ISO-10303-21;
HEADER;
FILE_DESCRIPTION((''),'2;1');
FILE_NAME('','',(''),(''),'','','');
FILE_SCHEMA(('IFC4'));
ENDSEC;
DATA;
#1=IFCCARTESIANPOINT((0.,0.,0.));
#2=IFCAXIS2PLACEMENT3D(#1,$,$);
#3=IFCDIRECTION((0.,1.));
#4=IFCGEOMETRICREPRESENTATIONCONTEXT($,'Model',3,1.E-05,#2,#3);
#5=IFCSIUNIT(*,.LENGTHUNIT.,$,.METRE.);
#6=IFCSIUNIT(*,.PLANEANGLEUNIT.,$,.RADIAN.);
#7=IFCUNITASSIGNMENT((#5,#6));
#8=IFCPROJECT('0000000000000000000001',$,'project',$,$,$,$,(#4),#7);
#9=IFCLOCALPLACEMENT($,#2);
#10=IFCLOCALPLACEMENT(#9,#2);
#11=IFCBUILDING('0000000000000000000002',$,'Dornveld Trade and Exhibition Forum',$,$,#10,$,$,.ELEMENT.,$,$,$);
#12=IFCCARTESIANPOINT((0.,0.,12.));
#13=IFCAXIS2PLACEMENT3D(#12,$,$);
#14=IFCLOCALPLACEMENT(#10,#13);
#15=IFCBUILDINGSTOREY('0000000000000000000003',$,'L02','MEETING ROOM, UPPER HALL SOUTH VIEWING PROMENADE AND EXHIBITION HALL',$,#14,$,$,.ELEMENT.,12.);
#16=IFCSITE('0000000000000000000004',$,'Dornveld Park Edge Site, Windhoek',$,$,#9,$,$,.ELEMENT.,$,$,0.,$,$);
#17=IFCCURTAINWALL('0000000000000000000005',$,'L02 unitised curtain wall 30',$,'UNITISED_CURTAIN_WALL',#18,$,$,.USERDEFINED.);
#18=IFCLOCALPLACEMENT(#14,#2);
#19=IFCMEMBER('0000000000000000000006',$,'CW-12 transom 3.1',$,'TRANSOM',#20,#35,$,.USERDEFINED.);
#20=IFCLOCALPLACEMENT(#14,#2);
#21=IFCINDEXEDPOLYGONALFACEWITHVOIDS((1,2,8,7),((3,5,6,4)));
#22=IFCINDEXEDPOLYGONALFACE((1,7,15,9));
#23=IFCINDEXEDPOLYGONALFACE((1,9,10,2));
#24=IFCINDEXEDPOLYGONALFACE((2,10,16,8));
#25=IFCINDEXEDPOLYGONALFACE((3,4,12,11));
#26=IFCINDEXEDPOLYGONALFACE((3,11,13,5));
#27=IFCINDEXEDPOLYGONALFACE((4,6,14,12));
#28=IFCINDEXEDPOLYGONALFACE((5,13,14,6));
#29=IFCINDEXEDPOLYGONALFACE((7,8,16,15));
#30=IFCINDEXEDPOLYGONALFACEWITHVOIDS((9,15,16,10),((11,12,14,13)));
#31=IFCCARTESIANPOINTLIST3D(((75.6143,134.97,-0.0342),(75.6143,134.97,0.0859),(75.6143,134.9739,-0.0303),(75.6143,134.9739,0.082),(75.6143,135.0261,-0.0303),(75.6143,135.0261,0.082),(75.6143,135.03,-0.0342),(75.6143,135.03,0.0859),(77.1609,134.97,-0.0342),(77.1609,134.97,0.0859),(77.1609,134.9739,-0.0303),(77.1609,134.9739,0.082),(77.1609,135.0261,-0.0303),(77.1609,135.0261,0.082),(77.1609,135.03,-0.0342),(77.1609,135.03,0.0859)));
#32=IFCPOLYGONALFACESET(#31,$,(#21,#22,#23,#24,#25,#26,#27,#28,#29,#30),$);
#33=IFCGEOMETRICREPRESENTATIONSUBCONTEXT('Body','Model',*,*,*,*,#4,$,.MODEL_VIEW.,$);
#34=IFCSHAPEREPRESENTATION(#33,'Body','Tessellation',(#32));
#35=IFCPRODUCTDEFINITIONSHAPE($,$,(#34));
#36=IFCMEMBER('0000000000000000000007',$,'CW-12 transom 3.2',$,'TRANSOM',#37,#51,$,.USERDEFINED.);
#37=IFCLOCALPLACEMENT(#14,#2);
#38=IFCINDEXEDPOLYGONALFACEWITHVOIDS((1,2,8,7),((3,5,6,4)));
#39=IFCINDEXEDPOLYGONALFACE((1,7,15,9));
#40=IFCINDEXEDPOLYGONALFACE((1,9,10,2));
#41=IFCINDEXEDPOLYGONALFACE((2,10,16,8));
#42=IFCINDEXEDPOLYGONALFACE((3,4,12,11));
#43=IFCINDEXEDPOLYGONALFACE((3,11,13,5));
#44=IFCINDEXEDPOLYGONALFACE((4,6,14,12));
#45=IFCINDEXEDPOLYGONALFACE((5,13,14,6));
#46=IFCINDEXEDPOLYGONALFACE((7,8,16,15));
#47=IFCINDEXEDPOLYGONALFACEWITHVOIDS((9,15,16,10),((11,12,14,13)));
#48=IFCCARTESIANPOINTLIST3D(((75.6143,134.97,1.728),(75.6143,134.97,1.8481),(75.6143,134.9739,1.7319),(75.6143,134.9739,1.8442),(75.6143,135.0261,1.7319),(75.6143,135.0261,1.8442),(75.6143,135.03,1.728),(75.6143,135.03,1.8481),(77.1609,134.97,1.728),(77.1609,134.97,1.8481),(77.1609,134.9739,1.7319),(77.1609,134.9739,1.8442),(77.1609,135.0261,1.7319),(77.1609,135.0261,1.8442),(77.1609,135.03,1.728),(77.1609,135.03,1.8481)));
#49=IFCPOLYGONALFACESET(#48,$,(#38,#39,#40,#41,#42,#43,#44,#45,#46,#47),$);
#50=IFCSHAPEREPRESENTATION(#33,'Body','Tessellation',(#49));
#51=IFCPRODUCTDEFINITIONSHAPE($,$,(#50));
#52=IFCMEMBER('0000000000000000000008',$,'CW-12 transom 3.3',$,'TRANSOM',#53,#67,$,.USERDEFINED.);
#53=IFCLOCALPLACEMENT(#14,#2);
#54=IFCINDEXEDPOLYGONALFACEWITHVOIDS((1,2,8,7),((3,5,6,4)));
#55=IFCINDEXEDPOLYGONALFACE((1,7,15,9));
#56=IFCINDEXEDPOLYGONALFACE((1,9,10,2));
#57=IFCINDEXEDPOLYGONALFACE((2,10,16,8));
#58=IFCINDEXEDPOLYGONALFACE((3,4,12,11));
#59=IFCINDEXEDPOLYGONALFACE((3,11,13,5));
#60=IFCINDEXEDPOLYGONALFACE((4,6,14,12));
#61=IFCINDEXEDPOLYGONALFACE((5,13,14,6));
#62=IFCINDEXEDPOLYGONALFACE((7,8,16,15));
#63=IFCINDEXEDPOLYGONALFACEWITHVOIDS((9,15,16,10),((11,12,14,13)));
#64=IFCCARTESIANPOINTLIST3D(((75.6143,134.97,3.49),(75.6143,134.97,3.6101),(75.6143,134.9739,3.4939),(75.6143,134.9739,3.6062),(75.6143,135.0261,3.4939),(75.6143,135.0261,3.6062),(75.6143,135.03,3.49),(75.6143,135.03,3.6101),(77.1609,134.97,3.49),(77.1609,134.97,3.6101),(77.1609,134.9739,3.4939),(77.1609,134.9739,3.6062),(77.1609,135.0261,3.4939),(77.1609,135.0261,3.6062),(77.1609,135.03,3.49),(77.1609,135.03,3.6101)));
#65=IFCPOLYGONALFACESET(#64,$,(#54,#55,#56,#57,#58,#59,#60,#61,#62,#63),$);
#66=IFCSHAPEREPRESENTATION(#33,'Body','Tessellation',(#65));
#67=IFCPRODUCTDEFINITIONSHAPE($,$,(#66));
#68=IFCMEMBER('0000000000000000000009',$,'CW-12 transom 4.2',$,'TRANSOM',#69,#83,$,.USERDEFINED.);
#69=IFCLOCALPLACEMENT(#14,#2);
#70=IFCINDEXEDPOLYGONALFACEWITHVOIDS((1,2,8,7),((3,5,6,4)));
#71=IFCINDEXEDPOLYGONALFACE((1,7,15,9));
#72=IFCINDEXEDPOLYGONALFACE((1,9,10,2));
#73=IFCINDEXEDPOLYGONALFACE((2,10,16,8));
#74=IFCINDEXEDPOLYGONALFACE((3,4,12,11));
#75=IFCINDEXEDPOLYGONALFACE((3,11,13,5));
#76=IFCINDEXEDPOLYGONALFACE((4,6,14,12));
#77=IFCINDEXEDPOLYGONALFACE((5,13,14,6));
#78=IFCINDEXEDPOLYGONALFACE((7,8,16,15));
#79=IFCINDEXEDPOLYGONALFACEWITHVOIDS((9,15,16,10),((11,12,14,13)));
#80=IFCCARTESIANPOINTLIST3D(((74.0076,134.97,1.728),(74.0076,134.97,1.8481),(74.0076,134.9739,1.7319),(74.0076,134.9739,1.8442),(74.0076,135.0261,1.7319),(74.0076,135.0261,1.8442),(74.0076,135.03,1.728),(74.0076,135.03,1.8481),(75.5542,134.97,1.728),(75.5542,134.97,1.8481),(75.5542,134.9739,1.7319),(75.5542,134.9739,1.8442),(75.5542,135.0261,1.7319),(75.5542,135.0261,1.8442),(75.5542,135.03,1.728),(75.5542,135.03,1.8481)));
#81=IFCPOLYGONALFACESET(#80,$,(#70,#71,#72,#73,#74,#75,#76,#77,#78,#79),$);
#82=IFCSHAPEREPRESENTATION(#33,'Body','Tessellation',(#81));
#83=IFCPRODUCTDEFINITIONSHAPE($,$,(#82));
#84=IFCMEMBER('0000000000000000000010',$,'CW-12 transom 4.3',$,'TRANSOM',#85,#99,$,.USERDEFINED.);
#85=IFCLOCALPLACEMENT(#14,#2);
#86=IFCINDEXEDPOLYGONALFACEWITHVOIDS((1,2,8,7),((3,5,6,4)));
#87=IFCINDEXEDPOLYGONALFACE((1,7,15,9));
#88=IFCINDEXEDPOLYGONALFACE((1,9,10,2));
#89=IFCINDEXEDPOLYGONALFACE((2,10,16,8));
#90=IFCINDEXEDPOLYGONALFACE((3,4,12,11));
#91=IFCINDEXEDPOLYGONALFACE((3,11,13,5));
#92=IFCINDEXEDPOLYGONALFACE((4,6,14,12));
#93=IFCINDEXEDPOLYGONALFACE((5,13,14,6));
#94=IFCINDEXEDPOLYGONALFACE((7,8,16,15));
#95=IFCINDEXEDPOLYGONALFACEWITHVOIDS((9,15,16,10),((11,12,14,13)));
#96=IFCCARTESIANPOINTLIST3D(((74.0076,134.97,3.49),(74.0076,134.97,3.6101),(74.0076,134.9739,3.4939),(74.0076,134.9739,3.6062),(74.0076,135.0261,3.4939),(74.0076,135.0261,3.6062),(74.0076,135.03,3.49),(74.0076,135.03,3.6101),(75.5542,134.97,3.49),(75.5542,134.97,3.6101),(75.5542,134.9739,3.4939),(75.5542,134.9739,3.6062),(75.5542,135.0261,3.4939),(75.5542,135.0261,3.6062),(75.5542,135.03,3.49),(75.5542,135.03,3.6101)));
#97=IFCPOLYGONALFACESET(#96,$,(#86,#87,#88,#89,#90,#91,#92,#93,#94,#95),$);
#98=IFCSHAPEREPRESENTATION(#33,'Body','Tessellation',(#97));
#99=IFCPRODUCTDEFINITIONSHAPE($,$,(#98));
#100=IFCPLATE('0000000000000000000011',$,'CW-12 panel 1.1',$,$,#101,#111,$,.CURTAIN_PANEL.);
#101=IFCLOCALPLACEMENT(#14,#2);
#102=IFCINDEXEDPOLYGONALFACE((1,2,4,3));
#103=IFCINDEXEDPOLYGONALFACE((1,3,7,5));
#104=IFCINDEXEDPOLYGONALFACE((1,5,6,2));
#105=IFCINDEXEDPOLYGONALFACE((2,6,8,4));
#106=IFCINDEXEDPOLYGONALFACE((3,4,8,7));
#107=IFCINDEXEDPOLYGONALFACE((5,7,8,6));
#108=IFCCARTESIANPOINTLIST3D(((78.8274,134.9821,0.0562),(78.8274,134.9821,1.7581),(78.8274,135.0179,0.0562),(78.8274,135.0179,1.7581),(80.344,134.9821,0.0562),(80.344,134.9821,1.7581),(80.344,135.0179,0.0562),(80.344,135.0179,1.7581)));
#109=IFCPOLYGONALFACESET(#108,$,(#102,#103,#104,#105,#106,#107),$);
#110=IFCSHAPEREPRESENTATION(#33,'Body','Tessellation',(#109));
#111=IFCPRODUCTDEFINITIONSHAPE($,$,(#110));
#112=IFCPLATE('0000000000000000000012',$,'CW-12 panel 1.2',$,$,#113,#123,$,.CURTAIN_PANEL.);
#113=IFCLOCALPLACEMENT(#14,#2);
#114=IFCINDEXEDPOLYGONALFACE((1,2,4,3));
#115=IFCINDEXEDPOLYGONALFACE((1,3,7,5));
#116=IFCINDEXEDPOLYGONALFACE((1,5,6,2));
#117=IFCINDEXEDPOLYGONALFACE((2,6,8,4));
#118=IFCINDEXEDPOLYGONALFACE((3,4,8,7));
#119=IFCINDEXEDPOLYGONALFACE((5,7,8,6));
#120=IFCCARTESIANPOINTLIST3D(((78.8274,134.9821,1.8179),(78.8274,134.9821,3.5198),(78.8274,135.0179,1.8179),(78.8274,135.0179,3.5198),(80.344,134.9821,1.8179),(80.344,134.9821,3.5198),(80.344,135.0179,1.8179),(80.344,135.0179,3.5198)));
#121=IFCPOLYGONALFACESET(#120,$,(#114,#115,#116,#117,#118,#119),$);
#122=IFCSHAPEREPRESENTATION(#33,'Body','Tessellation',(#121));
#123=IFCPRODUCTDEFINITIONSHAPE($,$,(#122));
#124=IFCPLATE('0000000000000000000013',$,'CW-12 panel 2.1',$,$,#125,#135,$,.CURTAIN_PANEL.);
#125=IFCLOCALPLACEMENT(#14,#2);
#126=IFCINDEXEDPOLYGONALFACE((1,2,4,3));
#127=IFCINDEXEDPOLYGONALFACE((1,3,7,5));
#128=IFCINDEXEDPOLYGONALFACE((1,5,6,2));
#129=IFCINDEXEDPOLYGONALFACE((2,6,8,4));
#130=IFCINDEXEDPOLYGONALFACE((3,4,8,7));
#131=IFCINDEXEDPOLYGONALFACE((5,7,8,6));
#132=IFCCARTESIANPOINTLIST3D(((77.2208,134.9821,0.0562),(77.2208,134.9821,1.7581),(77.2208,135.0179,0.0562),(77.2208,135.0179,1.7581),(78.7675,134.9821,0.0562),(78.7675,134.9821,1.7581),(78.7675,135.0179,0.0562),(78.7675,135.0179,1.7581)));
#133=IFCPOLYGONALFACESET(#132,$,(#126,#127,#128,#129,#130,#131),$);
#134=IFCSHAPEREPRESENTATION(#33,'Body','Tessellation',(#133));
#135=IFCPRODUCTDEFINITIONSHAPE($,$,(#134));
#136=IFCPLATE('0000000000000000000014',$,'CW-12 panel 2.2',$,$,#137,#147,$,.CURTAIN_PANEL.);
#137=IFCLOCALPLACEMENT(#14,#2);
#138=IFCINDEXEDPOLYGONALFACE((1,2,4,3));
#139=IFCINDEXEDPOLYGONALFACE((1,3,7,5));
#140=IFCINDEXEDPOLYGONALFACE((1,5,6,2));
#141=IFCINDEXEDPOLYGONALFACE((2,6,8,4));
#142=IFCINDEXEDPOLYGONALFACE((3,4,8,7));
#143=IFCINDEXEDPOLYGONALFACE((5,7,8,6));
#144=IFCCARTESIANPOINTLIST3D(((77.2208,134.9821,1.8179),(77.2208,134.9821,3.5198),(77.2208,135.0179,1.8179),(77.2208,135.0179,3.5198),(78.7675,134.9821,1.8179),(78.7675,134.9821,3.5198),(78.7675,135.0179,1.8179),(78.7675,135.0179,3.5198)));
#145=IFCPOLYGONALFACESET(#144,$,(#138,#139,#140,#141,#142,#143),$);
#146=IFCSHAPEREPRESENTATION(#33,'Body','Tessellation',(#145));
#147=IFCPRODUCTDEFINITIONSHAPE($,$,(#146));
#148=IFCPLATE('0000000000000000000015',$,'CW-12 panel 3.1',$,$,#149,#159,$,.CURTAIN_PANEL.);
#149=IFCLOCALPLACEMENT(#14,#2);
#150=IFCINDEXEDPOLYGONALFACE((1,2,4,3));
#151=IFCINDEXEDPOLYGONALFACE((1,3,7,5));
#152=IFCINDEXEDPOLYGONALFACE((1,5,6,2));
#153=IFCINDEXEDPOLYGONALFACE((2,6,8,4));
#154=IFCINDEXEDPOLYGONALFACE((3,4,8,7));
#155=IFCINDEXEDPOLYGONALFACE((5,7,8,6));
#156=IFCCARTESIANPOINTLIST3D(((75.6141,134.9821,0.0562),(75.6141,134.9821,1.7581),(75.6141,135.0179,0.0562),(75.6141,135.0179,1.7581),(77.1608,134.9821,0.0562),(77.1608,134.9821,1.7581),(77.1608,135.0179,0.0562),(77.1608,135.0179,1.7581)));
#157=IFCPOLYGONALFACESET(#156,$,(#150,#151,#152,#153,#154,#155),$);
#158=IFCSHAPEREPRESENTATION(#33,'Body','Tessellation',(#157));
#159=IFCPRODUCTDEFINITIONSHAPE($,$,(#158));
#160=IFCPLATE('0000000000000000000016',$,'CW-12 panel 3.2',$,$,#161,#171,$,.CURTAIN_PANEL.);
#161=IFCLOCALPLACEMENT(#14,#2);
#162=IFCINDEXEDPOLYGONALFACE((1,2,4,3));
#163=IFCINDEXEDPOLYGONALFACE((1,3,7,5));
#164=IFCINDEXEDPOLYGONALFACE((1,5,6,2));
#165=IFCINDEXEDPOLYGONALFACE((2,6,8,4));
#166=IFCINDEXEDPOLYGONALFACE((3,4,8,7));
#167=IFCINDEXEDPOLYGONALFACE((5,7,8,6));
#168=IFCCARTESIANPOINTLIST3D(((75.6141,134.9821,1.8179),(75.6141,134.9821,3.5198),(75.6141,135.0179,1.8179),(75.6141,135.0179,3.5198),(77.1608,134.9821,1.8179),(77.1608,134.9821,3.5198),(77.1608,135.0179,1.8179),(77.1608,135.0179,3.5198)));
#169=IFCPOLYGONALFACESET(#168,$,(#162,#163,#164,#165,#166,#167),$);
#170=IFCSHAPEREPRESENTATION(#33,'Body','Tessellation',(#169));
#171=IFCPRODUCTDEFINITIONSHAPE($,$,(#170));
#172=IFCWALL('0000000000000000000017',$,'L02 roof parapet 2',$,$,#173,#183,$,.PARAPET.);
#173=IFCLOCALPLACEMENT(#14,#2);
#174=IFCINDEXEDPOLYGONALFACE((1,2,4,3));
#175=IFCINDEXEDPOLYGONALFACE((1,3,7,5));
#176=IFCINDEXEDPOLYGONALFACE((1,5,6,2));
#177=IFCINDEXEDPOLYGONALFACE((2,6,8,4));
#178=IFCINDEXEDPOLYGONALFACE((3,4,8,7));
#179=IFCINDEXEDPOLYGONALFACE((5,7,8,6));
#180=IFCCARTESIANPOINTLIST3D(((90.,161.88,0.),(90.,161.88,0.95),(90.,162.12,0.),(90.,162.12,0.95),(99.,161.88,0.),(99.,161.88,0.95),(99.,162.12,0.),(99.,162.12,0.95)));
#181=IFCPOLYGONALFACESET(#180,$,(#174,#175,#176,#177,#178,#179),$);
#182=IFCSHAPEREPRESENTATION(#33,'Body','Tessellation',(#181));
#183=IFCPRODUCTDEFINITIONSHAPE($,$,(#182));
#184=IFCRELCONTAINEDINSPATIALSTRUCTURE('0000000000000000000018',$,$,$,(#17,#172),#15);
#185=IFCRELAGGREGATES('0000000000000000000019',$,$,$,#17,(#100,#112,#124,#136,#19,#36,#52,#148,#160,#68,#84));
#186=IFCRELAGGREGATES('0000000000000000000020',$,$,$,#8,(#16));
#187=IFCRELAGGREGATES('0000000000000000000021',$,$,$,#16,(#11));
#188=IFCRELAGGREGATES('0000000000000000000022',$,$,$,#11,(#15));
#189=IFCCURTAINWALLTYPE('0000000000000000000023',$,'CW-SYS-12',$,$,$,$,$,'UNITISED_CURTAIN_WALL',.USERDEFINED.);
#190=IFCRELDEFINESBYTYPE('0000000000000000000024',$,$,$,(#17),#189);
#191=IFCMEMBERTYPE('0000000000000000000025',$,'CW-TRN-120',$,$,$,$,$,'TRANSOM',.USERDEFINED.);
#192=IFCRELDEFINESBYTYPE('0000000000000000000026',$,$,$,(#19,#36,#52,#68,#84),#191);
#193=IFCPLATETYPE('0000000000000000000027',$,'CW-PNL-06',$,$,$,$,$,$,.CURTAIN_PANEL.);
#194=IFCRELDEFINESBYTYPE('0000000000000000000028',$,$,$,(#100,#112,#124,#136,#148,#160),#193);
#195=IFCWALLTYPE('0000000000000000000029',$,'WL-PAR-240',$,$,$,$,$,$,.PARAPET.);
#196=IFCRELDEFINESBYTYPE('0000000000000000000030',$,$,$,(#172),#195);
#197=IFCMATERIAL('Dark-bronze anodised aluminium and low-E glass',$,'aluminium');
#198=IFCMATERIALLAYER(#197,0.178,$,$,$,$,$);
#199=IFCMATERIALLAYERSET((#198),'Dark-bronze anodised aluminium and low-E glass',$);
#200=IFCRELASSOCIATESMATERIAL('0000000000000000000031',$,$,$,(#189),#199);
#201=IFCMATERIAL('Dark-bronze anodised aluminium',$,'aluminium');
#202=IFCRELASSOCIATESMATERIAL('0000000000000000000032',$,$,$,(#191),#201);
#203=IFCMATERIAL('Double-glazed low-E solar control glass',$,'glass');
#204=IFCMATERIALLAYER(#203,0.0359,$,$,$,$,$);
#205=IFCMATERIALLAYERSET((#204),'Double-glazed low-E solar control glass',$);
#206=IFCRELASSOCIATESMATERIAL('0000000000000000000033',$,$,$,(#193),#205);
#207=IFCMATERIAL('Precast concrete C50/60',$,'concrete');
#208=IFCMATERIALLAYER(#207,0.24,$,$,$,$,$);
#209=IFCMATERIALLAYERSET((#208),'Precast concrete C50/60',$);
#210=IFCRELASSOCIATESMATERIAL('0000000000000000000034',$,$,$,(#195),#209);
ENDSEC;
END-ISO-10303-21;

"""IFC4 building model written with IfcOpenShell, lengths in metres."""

from ifc_helpers import new_model, si_unit, direction, frame, frame_2d, origin, origin_2d, place, context, subcontext, project, spatial, rectangle, hollow_rectangle, extrude, material, layer, layer_set, material_profile, profile_set, type_object, element, aggregate, save


model = new_model("IFC4")

# Units and contexts
model_context = context("Model", 3, precision=1e-05, world=origin(), true_north=direction((0.0, 1.0)))
body_context = subcontext(model_context, "Body", "Model", "MODEL_VIEW")
ifc_project = project(units=[si_unit("LENGTHUNIT", "METRE"), si_unit("PLANEANGLEUNIT", "RADIAN")], contexts=[model_context])

# Site, building, storey
site_placement = place(None, origin())
site = spatial("IfcSite", under=ifc_project, at=site_placement, Name="Dornveld Park Edge Site, Windhoek", CompositionType="ELEMENT", RefElevation=0.0)
building_placement = place(site_placement, origin())
building = spatial("IfcBuilding", under=site, at=building_placement, Name="Dornveld Trade and Exhibition Forum", CompositionType="ELEMENT")
storey_placement = place(building_placement, frame((0.0, 0.0, 12.0)))
storey = spatial("IfcBuildingStorey", under=building, at=storey_placement, Name="L02", Description="MEETING ROOM, UPPER HALL SOUTH VIEWING PROMENADE AND EXHIBITION HALL", CompositionType="ELEMENT", Elevation=12.0)

# Curtain wall, members, plates
ifc_material_1 = material(Name="Dark-bronze anodised aluminium and low-E glass", Category="aluminium")
ifc_layer_1 = layer(ifc_material_1, 0.178)
ifc_layer_set_1 = layer_set([ifc_layer_1], Name="Dark-bronze anodised aluminium and low-E glass")
curtain_wall_type = type_object("IfcCurtainWallType", Name="CW-SYS-12", ElementType="UNITISED_CURTAIN_WALL", PredefinedType="USERDEFINED", material=ifc_layer_set_1)
curtain_wall_placement = place(storey_placement, origin())
curtain_wall = element("IfcCurtainWall", 1, at=curtain_wall_placement, inside=storey, type_object=curtain_wall_type, Name="L02 unitised curtain wall 30", ObjectType="UNITISED_CURTAIN_WALL", PredefinedType="USERDEFINED")
ifc_material_2 = material(Name="Dark-bronze anodised aluminium", Category="aluminium")
ifc_material_profile_1 = material_profile(ifc_material_2, hollow_rectangle(XDim=0.0601, YDim=0.1201, WallThickness=0.0039, at=origin_2d()), Name="RHS 120x60x4")
ifc_profile_set_1 = profile_set([ifc_material_profile_1], Name="Dark-bronze anodised aluminium")
member_type_1 = type_object("IfcMemberType", Name="CW-TRN-120", ElementType="TRANSOM", PredefinedType="USERDEFINED", material=ifc_profile_set_1)
member_1_placement = place(storey_placement, frame((77.1609, 135.0, 0.0259), z_axis=(-1.0, 0.0, 0.0), x_axis=(0.0, -1.0, 0.0)))
member_1 = element("IfcMember", 2, at=member_1_placement, type_object=member_type_1, Name="CW-12 transom 3.1", ObjectType="TRANSOM", PredefinedType="USERDEFINED", context=body_context, shape_type="SweptSolid", body=[
    extrude(hollow_rectangle(XDim=0.0601, YDim=0.1201, WallThickness=0.0039, at=origin_2d()), origin(), (0.0, 0.0, 1.0), 1.5466),
])
member_2_placement = place(storey_placement, frame((77.1609, 135.0, 1.7881), z_axis=(-1.0, 0.0, 0.0), x_axis=(0.0, -1.0, 0.0)))
member_2 = element("IfcMember", 3, at=member_2_placement, type_object=member_type_1, Name="CW-12 transom 3.2", ObjectType="TRANSOM", PredefinedType="USERDEFINED", context=body_context, shape_type="SweptSolid", body=[
    extrude(hollow_rectangle(XDim=0.0601, YDim=0.1201, WallThickness=0.0039, at=origin_2d()), origin(), (0.0, 0.0, 1.0), 1.5466),
])
member_3_placement = place(storey_placement, frame((77.1609, 135.0, 3.55), z_axis=(-1.0, 0.0, 0.0), x_axis=(0.0, -1.0, 0.0)))
member_3 = element("IfcMember", 4, at=member_3_placement, type_object=member_type_1, Name="CW-12 transom 3.3", ObjectType="TRANSOM", PredefinedType="USERDEFINED", context=body_context, shape_type="SweptSolid", body=[
    extrude(hollow_rectangle(XDim=0.0601, YDim=0.1201, WallThickness=0.0039, at=origin_2d()), origin(), (0.0, 0.0, 1.0), 1.5466),
])
member_4_placement = place(storey_placement, frame((75.5542, 135.0, 1.7881), z_axis=(-1.0, 0.0, 0.0), x_axis=(0.0, -1.0, 0.0)))
member_4 = element("IfcMember", 5, at=member_4_placement, type_object=member_type_1, Name="CW-12 transom 4.2", ObjectType="TRANSOM", PredefinedType="USERDEFINED", context=body_context, shape_type="SweptSolid", body=[
    extrude(hollow_rectangle(XDim=0.0601, YDim=0.1201, WallThickness=0.0039, at=origin_2d()), origin(), (0.0, 0.0, 1.0), 1.5466),
])
member_5_placement = place(storey_placement, frame((75.5542, 135.0, 3.55), z_axis=(-1.0, 0.0, 0.0), x_axis=(0.0, -1.0, 0.0)))
member_5 = element("IfcMember", 6, at=member_5_placement, type_object=member_type_1, Name="CW-12 transom 4.3", ObjectType="TRANSOM", PredefinedType="USERDEFINED", context=body_context, shape_type="SweptSolid", body=[
    extrude(hollow_rectangle(XDim=0.0601, YDim=0.1201, WallThickness=0.0039, at=origin_2d()), origin(), (0.0, 0.0, 1.0), 1.5466),
])
ifc_material_3 = material(Name="Double-glazed low-E solar control glass", Category="glass")
ifc_layer_2 = layer(ifc_material_3, 0.0359)
ifc_layer_set_2 = layer_set([ifc_layer_2], Name="Double-glazed low-E solar control glass")
plate_type = type_object("IfcPlateType", Name="CW-PNL-06", PredefinedType="CURTAIN_PANEL", material=ifc_layer_set_2)
plate_1_placement = place(storey_placement, frame((79.5857, 135.0, 0.0562), z_axis=(0.0, 0.0, 1.0), x_axis=(-1.0, 0.0, 0.0)))
plate_1 = element("IfcPlate", 7, at=plate_1_placement, type_object=plate_type, Name="CW-12 panel 1.1", PredefinedType="CURTAIN_PANEL", context=body_context, shape_type="SweptSolid", body=[
    extrude(rectangle(XDim=1.5166, YDim=0.0359, at=origin_2d()), origin(), (0.0, 0.0, 1.0), 1.7019),
])
plate_2_placement = place(storey_placement, frame((79.5857, 135.0, 1.8179), z_axis=(0.0, 0.0, 1.0), x_axis=(-1.0, 0.0, 0.0)))
plate_2 = element("IfcPlate", 8, at=plate_2_placement, type_object=plate_type, Name="CW-12 panel 1.2", PredefinedType="CURTAIN_PANEL", context=body_context, shape_type="SweptSolid", body=[
    extrude(rectangle(XDim=1.5166, YDim=0.0359, at=origin_2d()), origin(), (0.0, 0.0, 1.0), 1.7019),
])
plate_3_placement = place(storey_placement, frame((77.9941, 135.0, 0.0562), z_axis=(0.0, 0.0, 1.0), x_axis=(-1.0, 0.0, 0.0)))
plate_3 = element("IfcPlate", 9, at=plate_3_placement, type_object=plate_type, Name="CW-12 panel 2.1", PredefinedType="CURTAIN_PANEL", context=body_context, shape_type="SweptSolid", body=[
    extrude(rectangle(XDim=1.5466, YDim=0.0359, at=origin_2d()), origin(), (0.0, 0.0, 1.0), 1.7019),
])
plate_4_placement = place(storey_placement, frame((77.9941, 135.0, 1.8179), z_axis=(0.0, 0.0, 1.0), x_axis=(-1.0, 0.0, 0.0)))
plate_4 = element("IfcPlate", 10, at=plate_4_placement, type_object=plate_type, Name="CW-12 panel 2.2", PredefinedType="CURTAIN_PANEL", context=body_context, shape_type="SweptSolid", body=[
    extrude(rectangle(XDim=1.5466, YDim=0.0359, at=origin_2d()), origin(), (0.0, 0.0, 1.0), 1.7019),
])
plate_5_placement = place(storey_placement, frame((76.3875, 135.0, 0.0562), z_axis=(0.0, 0.0, 1.0), x_axis=(-1.0, 0.0, 0.0)))
plate_5 = element("IfcPlate", 11, at=plate_5_placement, type_object=plate_type, Name="CW-12 panel 3.1", PredefinedType="CURTAIN_PANEL", context=body_context, shape_type="SweptSolid", body=[
    extrude(rectangle(XDim=1.5466, YDim=0.0359, at=origin_2d()), origin(), (0.0, 0.0, 1.0), 1.7019),
])
plate_6_placement = place(storey_placement, frame((76.3875, 135.0, 1.8179), z_axis=(0.0, 0.0, 1.0), x_axis=(-1.0, 0.0, 0.0)))
plate_6 = element("IfcPlate", 12, at=plate_6_placement, type_object=plate_type, Name="CW-12 panel 3.2", PredefinedType="CURTAIN_PANEL", context=body_context, shape_type="SweptSolid", body=[
    extrude(rectangle(XDim=1.5466, YDim=0.0359, at=origin_2d()), origin(), (0.0, 0.0, 1.0), 1.7019),
])
aggregate(curtain_wall, [plate_1, plate_2, plate_3, plate_4, member_1, member_2, member_3, plate_5, plate_6, member_4, member_5])

# Wall
ifc_material_4 = material(Name="Precast concrete C50/60", Category="concrete")
ifc_layer_3 = layer(ifc_material_4, 0.24)
ifc_layer_set_3 = layer_set([ifc_layer_3], Name="Precast concrete C50/60")
wall_type = type_object("IfcWallType", Name="WL-PAR-240", PredefinedType="PARAPET", material=ifc_layer_set_3)
wall_placement = place(storey_placement, frame((90.0, 162.0, 0.0), z_axis=(0.0, 0.0, 1.0), x_axis=(1.0, 0.0, 0.0)))
element("IfcWall", 13, at=wall_placement, inside=storey, type_object=wall_type, Name="L02 roof parapet 2", PredefinedType="PARAPET", context=body_context, shape_type="SweptSolid", body=[
    extrude(rectangle(XDim=9.0, YDim=0.24, at=frame_2d((4.5, 0.0))), origin(), (0.0, 0.0, 1.0), 0.95),
])

save(model, "model.ifc")
